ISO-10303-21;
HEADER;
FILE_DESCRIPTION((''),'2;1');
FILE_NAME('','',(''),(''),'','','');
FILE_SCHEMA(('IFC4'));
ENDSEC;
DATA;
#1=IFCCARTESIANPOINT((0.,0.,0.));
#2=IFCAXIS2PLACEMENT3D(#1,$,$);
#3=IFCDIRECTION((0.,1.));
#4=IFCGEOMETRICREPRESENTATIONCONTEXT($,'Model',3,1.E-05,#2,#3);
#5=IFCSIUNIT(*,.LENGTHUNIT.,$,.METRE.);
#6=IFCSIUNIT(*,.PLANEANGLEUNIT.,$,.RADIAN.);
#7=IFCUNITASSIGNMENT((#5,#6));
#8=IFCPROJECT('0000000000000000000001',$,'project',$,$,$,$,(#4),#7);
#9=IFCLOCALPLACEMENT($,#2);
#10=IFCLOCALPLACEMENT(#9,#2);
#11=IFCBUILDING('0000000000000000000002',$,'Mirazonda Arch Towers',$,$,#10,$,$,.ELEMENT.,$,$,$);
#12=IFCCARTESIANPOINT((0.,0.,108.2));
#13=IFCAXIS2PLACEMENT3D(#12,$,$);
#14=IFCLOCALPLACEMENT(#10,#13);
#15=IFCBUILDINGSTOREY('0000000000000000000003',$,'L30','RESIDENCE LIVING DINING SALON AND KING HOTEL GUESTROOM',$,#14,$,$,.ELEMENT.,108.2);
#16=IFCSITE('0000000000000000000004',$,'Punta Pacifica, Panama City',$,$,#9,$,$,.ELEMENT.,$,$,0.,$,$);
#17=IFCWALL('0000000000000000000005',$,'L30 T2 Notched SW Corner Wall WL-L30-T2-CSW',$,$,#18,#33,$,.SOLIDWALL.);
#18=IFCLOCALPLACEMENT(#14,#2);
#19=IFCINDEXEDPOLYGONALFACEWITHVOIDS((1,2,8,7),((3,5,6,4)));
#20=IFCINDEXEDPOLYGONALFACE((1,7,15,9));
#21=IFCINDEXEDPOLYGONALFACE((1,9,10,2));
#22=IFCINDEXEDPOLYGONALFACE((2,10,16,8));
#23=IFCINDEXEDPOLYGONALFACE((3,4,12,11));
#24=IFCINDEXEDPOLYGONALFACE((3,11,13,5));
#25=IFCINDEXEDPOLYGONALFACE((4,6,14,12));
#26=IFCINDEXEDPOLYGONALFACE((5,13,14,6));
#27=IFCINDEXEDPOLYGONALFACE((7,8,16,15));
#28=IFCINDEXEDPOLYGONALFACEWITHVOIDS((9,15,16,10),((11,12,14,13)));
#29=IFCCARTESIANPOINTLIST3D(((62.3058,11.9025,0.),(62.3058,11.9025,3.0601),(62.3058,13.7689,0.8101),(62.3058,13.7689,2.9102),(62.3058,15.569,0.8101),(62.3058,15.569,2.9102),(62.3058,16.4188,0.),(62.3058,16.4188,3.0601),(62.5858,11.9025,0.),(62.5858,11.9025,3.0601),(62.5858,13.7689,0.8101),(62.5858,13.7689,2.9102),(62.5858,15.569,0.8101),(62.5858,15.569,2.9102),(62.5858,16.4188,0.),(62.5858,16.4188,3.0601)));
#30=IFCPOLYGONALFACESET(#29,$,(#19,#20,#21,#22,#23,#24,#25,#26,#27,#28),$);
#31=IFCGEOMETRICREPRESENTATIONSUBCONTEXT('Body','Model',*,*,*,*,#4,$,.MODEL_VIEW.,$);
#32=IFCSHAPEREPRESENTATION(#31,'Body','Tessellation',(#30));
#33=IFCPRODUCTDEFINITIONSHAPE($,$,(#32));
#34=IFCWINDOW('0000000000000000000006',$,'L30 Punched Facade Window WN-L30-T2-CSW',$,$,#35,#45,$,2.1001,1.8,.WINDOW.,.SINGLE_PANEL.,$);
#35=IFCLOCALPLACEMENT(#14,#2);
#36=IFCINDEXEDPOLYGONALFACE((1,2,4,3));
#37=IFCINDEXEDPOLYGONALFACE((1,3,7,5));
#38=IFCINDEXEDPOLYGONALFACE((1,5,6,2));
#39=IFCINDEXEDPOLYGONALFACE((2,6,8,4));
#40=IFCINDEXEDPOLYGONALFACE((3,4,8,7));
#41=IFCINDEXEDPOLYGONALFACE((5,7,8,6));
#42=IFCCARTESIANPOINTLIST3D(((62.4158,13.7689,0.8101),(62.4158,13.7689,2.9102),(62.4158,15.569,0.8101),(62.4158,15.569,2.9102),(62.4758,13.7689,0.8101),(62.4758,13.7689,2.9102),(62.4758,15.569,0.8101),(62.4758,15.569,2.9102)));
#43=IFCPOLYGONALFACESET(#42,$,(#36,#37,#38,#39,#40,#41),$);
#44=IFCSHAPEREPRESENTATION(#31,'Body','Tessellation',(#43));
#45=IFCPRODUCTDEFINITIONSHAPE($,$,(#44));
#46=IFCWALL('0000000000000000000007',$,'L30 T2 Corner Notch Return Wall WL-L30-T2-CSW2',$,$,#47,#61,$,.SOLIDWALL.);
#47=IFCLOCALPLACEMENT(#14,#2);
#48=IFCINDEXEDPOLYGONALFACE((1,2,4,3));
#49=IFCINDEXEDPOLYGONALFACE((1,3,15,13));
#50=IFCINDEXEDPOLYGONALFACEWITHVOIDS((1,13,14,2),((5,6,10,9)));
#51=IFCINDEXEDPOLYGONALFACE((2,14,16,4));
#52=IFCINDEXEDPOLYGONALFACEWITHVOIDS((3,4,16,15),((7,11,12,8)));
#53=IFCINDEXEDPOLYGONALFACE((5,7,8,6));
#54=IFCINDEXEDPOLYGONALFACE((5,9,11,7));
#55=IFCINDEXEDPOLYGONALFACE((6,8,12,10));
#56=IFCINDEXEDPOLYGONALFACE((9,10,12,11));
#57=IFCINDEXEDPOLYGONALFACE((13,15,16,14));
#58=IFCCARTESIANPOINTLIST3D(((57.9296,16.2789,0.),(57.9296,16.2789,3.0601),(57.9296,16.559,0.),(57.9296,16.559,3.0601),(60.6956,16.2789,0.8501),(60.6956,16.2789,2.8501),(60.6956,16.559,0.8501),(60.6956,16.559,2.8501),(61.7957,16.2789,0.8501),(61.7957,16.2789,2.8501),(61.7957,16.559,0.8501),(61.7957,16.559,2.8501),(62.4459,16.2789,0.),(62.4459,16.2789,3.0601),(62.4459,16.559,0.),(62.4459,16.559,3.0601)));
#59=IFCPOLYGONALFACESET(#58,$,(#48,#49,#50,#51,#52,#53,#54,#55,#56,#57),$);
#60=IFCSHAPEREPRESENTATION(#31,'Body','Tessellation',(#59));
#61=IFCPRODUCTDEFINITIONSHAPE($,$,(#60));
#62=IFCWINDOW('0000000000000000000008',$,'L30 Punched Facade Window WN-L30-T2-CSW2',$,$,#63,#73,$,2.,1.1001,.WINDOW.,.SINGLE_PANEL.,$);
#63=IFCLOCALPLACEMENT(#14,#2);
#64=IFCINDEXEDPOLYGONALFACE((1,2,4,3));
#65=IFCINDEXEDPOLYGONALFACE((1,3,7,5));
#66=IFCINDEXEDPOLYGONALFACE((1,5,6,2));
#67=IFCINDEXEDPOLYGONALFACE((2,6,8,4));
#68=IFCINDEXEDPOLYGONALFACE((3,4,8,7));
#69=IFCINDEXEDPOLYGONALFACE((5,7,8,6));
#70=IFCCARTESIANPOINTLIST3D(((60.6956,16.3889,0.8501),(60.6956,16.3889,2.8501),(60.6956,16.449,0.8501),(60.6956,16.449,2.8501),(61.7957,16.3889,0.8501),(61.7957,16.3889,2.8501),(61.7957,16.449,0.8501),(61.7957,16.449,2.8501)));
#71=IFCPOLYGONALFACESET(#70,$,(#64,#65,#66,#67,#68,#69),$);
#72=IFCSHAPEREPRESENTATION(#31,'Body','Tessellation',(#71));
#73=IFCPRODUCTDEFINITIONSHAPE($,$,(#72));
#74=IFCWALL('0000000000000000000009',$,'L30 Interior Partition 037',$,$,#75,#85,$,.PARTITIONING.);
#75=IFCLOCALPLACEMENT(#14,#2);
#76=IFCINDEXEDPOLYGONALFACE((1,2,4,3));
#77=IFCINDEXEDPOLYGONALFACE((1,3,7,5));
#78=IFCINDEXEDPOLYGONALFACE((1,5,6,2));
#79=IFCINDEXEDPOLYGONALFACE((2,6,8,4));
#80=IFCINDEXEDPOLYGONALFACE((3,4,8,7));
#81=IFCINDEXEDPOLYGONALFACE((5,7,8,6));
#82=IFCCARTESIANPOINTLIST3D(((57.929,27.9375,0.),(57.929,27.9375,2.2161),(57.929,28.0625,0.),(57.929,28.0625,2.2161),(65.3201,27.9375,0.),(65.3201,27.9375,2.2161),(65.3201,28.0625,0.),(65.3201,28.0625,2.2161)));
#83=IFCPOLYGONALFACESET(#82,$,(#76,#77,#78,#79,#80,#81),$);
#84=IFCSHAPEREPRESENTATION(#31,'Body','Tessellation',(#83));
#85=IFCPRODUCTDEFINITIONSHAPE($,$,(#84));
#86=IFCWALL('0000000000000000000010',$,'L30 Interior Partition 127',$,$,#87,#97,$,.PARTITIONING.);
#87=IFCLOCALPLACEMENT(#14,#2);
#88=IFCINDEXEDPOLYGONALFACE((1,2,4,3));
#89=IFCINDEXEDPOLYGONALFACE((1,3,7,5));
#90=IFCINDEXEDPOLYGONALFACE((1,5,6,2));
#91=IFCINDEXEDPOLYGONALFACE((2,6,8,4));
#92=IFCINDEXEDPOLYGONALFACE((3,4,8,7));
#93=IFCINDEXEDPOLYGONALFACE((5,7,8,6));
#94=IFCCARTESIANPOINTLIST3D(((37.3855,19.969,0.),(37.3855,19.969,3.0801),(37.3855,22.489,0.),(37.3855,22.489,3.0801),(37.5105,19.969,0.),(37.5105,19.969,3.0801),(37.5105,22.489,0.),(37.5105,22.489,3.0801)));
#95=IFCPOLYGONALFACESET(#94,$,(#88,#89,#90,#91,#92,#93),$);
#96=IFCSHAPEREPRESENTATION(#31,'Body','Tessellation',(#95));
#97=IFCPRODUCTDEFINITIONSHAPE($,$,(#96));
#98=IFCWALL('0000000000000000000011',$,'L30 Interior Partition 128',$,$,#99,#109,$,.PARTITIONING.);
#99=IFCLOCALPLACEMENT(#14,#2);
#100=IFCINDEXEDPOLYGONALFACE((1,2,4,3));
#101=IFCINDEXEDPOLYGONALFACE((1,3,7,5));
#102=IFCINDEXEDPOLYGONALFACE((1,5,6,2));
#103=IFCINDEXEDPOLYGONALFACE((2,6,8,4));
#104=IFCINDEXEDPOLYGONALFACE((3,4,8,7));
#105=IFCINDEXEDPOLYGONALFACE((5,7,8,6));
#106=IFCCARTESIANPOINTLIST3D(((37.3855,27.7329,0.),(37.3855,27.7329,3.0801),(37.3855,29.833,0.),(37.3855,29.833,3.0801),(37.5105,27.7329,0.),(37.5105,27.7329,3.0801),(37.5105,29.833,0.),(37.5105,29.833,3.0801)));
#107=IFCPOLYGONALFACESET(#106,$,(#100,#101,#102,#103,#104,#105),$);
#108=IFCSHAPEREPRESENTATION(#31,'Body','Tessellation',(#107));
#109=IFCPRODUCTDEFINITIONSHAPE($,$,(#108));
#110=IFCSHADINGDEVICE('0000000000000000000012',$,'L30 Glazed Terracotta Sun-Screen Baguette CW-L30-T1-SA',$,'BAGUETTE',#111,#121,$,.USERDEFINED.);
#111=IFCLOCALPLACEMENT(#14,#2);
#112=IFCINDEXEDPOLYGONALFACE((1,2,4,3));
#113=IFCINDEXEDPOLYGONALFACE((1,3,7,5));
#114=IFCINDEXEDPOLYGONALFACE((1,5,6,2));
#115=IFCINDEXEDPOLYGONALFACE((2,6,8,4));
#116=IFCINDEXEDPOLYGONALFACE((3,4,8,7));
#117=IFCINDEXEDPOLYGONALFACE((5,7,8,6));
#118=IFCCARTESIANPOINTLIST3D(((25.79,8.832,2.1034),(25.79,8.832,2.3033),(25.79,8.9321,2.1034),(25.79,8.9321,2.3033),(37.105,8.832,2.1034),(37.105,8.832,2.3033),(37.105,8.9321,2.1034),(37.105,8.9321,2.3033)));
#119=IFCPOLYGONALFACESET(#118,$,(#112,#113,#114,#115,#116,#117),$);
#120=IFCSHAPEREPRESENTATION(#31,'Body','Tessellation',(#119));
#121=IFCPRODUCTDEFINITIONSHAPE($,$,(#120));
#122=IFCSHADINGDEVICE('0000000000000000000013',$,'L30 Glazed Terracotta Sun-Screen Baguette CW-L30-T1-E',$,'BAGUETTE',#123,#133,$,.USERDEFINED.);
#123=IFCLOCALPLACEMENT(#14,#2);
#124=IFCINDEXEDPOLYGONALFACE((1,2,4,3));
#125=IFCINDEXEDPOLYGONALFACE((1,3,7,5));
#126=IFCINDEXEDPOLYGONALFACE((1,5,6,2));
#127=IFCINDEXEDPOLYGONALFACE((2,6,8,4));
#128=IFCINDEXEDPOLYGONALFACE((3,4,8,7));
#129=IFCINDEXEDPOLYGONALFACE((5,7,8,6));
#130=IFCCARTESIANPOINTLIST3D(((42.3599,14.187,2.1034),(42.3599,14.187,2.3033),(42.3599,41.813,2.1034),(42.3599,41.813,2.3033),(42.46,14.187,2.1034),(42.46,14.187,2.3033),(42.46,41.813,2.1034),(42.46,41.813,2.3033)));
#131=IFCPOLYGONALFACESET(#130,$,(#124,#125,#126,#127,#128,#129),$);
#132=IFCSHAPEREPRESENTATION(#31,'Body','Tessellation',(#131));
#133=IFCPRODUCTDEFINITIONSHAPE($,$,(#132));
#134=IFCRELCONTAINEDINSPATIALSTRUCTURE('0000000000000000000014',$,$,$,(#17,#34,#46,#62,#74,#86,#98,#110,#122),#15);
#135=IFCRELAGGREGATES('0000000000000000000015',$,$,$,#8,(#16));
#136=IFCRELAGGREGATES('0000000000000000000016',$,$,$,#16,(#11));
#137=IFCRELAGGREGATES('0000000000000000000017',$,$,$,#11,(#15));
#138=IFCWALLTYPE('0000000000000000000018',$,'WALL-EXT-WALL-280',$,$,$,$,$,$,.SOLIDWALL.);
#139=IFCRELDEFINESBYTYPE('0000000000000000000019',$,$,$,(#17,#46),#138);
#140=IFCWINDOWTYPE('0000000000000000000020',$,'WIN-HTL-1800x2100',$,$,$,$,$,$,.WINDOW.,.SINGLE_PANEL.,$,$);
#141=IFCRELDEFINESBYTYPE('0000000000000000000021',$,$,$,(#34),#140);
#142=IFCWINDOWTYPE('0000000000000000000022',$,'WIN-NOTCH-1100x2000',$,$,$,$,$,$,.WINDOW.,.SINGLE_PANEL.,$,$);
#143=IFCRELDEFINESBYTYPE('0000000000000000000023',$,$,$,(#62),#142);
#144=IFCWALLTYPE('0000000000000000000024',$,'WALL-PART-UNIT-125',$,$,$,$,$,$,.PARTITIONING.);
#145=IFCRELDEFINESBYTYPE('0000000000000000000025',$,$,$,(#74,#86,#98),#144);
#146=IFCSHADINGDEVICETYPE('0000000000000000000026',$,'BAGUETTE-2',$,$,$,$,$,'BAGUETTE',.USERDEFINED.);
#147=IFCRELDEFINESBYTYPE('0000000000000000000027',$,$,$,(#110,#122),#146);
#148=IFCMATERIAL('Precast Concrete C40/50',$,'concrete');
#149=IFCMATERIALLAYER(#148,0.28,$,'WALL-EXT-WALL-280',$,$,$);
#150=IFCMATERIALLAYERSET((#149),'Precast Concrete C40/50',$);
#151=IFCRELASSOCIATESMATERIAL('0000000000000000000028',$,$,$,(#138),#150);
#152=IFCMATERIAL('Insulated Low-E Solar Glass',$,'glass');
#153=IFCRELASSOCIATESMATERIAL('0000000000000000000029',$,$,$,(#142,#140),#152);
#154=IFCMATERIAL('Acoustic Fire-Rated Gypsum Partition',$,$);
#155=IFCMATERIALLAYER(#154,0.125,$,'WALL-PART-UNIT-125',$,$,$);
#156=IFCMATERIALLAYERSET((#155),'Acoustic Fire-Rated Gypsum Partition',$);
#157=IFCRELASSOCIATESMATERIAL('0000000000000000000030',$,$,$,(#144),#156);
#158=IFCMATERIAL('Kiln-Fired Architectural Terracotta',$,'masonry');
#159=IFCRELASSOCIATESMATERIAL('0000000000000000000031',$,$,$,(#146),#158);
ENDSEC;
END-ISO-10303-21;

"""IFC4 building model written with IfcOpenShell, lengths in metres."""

from ifc_helpers import new_model, si_unit, direction, frame, frame_2d, origin, origin_2d, place, context, subcontext, project, spatial, rectangle, extrude, material, layer, layer_set, material_profile, profile_set, type_object, element, fill, save


model = new_model("IFC4")

# Units and contexts
model_context = context("Model", 3, precision=1e-05, world=origin(), true_north=direction((0.0, 1.0)))
body_context = subcontext(model_context, "Body", "Model", "MODEL_VIEW")
ifc_project = project(units=[si_unit("LENGTHUNIT", "METRE"), si_unit("PLANEANGLEUNIT", "RADIAN")], contexts=[model_context])

# Site, building, storey
site_placement = place(None, origin())
site = spatial("IfcSite", under=ifc_project, at=site_placement, Name="Punta Pacifica, Panama City", CompositionType="ELEMENT", RefElevation=0.0)
building_placement = place(site_placement, origin())
building = spatial("IfcBuilding", under=site, at=building_placement, Name="Mirazonda Arch Towers", CompositionType="ELEMENT")
storey_placement = place(building_placement, frame((0.0, 0.0, 108.2)))
storey = spatial("IfcBuildingStorey", under=building, at=storey_placement, Name="L30", Description="RESIDENCE LIVING DINING SALON AND KING HOTEL GUESTROOM", CompositionType="ELEMENT", Elevation=108.2)

# Shared definitions
ifc_material_1 = material(Name="Insulated Low-E Solar Glass", Category="glass")

# Shared definitions
ifc_material_2 = material(Name="Precast Concrete C40/50", Category="concrete")
ifc_layer_1 = layer(ifc_material_2, 0.28, Name="WALL-EXT-WALL-280")
ifc_layer_set_1 = layer_set([ifc_layer_1], Name="Precast Concrete C40/50")
wall_type_1 = type_object("IfcWallType", Name="WALL-EXT-WALL-280", PredefinedType="SOLIDWALL", material=ifc_layer_set_1)
window_type_1 = type_object("IfcWindowType", Name="WIN-NOTCH-1100x2000", PartitioningType="SINGLE_PANEL", PredefinedType="WINDOW", material=ifc_material_1)

# Walls, openings, windows
wall_1_placement = place(storey_placement, frame((62.4458, 16.4189, 0.0), z_axis=(0.0, 0.0, 1.0), x_axis=(0.0, -1.0, 0.0)))
wall_1 = element("IfcWall", 1, at=wall_1_placement, inside=storey, type_object=wall_type_1, Name="L30 T2 Notched SW Corner Wall WL-L30-T2-CSW", PredefinedType="SOLIDWALL", context=body_context, shape_type="SweptSolid", body=[
    extrude(rectangle(XDim=4.5164, YDim=0.28, at=frame_2d((2.2583, 0.0))), origin(), (0.0, 0.0, 1.0), 3.0601),
])
opening_1_placement = place(wall_1_placement, frame((0.8501, 0.0, 0.8101)))
opening_1 = element("IfcOpeningElement", 2, at=opening_1_placement, cuts=wall_1, PredefinedType="OPENING", context=body_context, shape_type="SweptSolid", body=[
    extrude(rectangle(XDim=1.8, YDim=2.1001, at=frame_2d((0.8999, 1.05))), frame((0.0, 0.1499, 0.0), z_axis=(0.0, -1.0, 0.0), x_axis=(1.0, 0.0, 0.0)), (0.0, 0.0, 1.0), 0.3),
])
window_type_2 = type_object("IfcWindowType", Name="WIN-HTL-1800x2100", PartitioningType="SINGLE_PANEL", PredefinedType="WINDOW", material=ifc_material_1)
window_1_placement = place(opening_1_placement, origin())
window_1 = element("IfcWindow", 3, at=window_1_placement, inside=storey, type_object=window_type_2, Name="L30 Punched Facade Window WN-L30-T2-CSW", OverallHeight=2.1001, OverallWidth=1.8, PartitioningType="SINGLE_PANEL", PredefinedType="WINDOW", context=body_context, shape_type="SweptSolid", body=[
    extrude(rectangle(XDim=1.8, YDim=2.1001, at=frame_2d((0.8999, 1.05))), frame((0.0, 0.03, 0.0), z_axis=(0.0, -1.0, 0.0), x_axis=(1.0, 0.0, 0.0)), (0.0, 0.0, 1.0), 0.0601),
])
fill(opening_1, window_1)
wall_2_placement = place(storey_placement, frame((57.9294, 16.4189, 0.0), z_axis=(0.0, 0.0, 1.0), x_axis=(1.0, 0.0, 0.0)))
wall_2 = element("IfcWall", 4, at=wall_2_placement, inside=storey, type_object=wall_type_1, Name="L30 T2 Corner Notch Return Wall WL-L30-T2-CSW2", PredefinedType="SOLIDWALL", context=body_context, shape_type="SweptSolid", body=[
    extrude(rectangle(XDim=4.5164, YDim=0.28, at=frame_2d((2.2583, 0.0))), origin(), (0.0, 0.0, 1.0), 3.0601),
])
opening_2_placement = place(wall_2_placement, frame((2.7661, 0.0, 0.8501)))
opening_2 = element("IfcOpeningElement", 5, at=opening_2_placement, cuts=wall_2, PredefinedType="OPENING", context=body_context, shape_type="SweptSolid", body=[
    extrude(rectangle(XDim=1.1001, YDim=2.0, at=frame_2d((0.55, 1.0))), frame((0.0, 0.1499, 0.0), z_axis=(0.0, -1.0, 0.0), x_axis=(1.0, 0.0, 0.0)), (0.0, 0.0, 1.0), 0.3),
])
window_2_placement = place(opening_2_placement, origin())
window_2 = element("IfcWindow", 6, at=window_2_placement, inside=storey, type_object=window_type_1, Name="L30 Punched Facade Window WN-L30-T2-CSW2", OverallHeight=2.0, OverallWidth=1.1001, PartitioningType="SINGLE_PANEL", PredefinedType="WINDOW", context=body_context, shape_type="SweptSolid", body=[
    extrude(rectangle(XDim=1.1001, YDim=2.0, at=frame_2d((0.55, 1.0))), frame((0.0, 0.03, 0.0), z_axis=(0.0, -1.0, 0.0), x_axis=(1.0, 0.0, 0.0)), (0.0, 0.0, 1.0), 0.0601),
])
fill(opening_2, window_2)

# Walls
ifc_material_3 = material(Name="Acoustic Fire-Rated Gypsum Partition")
ifc_layer_2 = layer(ifc_material_3, 0.125, Name="WALL-PART-UNIT-125")
ifc_layer_set_2 = layer_set([ifc_layer_2], Name="Acoustic Fire-Rated Gypsum Partition")
wall_type_2 = type_object("IfcWallType", Name="WALL-PART-UNIT-125", PredefinedType="PARTITIONING", material=ifc_layer_set_2)
wall_3_placement = place(storey_placement, frame((57.929, 28.0, 0.0), z_axis=(0.0, 0.0, 1.0), x_axis=(1.0, 0.0, 0.0)))
element("IfcWall", 7, at=wall_3_placement, inside=storey, type_object=wall_type_2, Name="L30 Interior Partition 037", PredefinedType="PARTITIONING", context=body_context, shape_type="SweptSolid", body=[
    extrude(rectangle(XDim=7.3911, YDim=0.125, at=frame_2d((3.6956, 0.0))), origin(), (0.0, 0.0, 1.0), 2.2161),
])
wall_4_placement = place(storey_placement, frame((37.448, 19.969, 0.0), z_axis=(0.0, 0.0, 1.0), x_axis=(0.0, 1.0, 0.0)))
element("IfcWall", 8, at=wall_4_placement, inside=storey, type_object=wall_type_2, Name="L30 Interior Partition 127", PredefinedType="PARTITIONING", context=body_context, shape_type="SweptSolid", body=[
    extrude(rectangle(XDim=2.52, YDim=0.125, at=frame_2d((1.26, 0.0))), origin(), (0.0, 0.0, 1.0), 3.0801),
])
wall_5_placement = place(storey_placement, frame((37.448, 27.7329, 0.0), z_axis=(0.0, 0.0, 1.0), x_axis=(0.0, 1.0, 0.0)))
element("IfcWall", 9, at=wall_5_placement, inside=storey, type_object=wall_type_2, Name="L30 Interior Partition 128", PredefinedType="PARTITIONING", context=body_context, shape_type="SweptSolid", body=[
    extrude(rectangle(XDim=2.1001, YDim=0.125, at=frame_2d((1.05, 0.0))), origin(), (0.0, 0.0, 1.0), 3.0801),
])

# Shading devices
ifc_material_4 = material(Name="Kiln-Fired Architectural Terracotta", Category="masonry")
ifc_material_profile_1 = material_profile(ifc_material_4, rectangle(XDim=0.1001, YDim=0.2, at=origin_2d()), Name="TERRA-BAG-100x200")
ifc_profile_set_1 = profile_set([ifc_material_profile_1], Name="Kiln-Fired Architectural Terracotta")
shading_device_type = type_object("IfcShadingDeviceType", Name="BAGUETTE-2", ElementType="BAGUETTE", PredefinedType="USERDEFINED", material=ifc_profile_set_1)
shading_device_1_placement = place(storey_placement, frame((37.105, 8.8821, 2.2034), z_axis=(-1.0, 0.0, 0.0), x_axis=(0.0, -1.0, 0.0)))
element("IfcShadingDevice", 10, at=shading_device_1_placement, inside=storey, type_object=shading_device_type, Name="L30 Glazed Terracotta Sun-Screen Baguette CW-L30-T1-SA", ObjectType="BAGUETTE", PredefinedType="USERDEFINED", context=body_context, shape_type="SweptSolid", body=[
    extrude(rectangle(XDim=0.1001, YDim=0.2, at=origin_2d()), origin(), (0.0, 0.0, 1.0), 11.3149),
])
shading_device_2_placement = place(storey_placement, frame((42.4099, 14.187, 2.2034), z_axis=(0.0, 1.0, 0.0), x_axis=(-1.0, 0.0, 0.0)))
element("IfcShadingDevice", 11, at=shading_device_2_placement, inside=storey, type_object=shading_device_type, Name="L30 Glazed Terracotta Sun-Screen Baguette CW-L30-T1-E", ObjectType="BAGUETTE", PredefinedType="USERDEFINED", context=body_context, shape_type="SweptSolid", body=[
    extrude(rectangle(XDim=0.1001, YDim=0.2, at=origin_2d()), origin(), (0.0, 0.0, 1.0), 27.626),
])

save(model, "model.ifc")
